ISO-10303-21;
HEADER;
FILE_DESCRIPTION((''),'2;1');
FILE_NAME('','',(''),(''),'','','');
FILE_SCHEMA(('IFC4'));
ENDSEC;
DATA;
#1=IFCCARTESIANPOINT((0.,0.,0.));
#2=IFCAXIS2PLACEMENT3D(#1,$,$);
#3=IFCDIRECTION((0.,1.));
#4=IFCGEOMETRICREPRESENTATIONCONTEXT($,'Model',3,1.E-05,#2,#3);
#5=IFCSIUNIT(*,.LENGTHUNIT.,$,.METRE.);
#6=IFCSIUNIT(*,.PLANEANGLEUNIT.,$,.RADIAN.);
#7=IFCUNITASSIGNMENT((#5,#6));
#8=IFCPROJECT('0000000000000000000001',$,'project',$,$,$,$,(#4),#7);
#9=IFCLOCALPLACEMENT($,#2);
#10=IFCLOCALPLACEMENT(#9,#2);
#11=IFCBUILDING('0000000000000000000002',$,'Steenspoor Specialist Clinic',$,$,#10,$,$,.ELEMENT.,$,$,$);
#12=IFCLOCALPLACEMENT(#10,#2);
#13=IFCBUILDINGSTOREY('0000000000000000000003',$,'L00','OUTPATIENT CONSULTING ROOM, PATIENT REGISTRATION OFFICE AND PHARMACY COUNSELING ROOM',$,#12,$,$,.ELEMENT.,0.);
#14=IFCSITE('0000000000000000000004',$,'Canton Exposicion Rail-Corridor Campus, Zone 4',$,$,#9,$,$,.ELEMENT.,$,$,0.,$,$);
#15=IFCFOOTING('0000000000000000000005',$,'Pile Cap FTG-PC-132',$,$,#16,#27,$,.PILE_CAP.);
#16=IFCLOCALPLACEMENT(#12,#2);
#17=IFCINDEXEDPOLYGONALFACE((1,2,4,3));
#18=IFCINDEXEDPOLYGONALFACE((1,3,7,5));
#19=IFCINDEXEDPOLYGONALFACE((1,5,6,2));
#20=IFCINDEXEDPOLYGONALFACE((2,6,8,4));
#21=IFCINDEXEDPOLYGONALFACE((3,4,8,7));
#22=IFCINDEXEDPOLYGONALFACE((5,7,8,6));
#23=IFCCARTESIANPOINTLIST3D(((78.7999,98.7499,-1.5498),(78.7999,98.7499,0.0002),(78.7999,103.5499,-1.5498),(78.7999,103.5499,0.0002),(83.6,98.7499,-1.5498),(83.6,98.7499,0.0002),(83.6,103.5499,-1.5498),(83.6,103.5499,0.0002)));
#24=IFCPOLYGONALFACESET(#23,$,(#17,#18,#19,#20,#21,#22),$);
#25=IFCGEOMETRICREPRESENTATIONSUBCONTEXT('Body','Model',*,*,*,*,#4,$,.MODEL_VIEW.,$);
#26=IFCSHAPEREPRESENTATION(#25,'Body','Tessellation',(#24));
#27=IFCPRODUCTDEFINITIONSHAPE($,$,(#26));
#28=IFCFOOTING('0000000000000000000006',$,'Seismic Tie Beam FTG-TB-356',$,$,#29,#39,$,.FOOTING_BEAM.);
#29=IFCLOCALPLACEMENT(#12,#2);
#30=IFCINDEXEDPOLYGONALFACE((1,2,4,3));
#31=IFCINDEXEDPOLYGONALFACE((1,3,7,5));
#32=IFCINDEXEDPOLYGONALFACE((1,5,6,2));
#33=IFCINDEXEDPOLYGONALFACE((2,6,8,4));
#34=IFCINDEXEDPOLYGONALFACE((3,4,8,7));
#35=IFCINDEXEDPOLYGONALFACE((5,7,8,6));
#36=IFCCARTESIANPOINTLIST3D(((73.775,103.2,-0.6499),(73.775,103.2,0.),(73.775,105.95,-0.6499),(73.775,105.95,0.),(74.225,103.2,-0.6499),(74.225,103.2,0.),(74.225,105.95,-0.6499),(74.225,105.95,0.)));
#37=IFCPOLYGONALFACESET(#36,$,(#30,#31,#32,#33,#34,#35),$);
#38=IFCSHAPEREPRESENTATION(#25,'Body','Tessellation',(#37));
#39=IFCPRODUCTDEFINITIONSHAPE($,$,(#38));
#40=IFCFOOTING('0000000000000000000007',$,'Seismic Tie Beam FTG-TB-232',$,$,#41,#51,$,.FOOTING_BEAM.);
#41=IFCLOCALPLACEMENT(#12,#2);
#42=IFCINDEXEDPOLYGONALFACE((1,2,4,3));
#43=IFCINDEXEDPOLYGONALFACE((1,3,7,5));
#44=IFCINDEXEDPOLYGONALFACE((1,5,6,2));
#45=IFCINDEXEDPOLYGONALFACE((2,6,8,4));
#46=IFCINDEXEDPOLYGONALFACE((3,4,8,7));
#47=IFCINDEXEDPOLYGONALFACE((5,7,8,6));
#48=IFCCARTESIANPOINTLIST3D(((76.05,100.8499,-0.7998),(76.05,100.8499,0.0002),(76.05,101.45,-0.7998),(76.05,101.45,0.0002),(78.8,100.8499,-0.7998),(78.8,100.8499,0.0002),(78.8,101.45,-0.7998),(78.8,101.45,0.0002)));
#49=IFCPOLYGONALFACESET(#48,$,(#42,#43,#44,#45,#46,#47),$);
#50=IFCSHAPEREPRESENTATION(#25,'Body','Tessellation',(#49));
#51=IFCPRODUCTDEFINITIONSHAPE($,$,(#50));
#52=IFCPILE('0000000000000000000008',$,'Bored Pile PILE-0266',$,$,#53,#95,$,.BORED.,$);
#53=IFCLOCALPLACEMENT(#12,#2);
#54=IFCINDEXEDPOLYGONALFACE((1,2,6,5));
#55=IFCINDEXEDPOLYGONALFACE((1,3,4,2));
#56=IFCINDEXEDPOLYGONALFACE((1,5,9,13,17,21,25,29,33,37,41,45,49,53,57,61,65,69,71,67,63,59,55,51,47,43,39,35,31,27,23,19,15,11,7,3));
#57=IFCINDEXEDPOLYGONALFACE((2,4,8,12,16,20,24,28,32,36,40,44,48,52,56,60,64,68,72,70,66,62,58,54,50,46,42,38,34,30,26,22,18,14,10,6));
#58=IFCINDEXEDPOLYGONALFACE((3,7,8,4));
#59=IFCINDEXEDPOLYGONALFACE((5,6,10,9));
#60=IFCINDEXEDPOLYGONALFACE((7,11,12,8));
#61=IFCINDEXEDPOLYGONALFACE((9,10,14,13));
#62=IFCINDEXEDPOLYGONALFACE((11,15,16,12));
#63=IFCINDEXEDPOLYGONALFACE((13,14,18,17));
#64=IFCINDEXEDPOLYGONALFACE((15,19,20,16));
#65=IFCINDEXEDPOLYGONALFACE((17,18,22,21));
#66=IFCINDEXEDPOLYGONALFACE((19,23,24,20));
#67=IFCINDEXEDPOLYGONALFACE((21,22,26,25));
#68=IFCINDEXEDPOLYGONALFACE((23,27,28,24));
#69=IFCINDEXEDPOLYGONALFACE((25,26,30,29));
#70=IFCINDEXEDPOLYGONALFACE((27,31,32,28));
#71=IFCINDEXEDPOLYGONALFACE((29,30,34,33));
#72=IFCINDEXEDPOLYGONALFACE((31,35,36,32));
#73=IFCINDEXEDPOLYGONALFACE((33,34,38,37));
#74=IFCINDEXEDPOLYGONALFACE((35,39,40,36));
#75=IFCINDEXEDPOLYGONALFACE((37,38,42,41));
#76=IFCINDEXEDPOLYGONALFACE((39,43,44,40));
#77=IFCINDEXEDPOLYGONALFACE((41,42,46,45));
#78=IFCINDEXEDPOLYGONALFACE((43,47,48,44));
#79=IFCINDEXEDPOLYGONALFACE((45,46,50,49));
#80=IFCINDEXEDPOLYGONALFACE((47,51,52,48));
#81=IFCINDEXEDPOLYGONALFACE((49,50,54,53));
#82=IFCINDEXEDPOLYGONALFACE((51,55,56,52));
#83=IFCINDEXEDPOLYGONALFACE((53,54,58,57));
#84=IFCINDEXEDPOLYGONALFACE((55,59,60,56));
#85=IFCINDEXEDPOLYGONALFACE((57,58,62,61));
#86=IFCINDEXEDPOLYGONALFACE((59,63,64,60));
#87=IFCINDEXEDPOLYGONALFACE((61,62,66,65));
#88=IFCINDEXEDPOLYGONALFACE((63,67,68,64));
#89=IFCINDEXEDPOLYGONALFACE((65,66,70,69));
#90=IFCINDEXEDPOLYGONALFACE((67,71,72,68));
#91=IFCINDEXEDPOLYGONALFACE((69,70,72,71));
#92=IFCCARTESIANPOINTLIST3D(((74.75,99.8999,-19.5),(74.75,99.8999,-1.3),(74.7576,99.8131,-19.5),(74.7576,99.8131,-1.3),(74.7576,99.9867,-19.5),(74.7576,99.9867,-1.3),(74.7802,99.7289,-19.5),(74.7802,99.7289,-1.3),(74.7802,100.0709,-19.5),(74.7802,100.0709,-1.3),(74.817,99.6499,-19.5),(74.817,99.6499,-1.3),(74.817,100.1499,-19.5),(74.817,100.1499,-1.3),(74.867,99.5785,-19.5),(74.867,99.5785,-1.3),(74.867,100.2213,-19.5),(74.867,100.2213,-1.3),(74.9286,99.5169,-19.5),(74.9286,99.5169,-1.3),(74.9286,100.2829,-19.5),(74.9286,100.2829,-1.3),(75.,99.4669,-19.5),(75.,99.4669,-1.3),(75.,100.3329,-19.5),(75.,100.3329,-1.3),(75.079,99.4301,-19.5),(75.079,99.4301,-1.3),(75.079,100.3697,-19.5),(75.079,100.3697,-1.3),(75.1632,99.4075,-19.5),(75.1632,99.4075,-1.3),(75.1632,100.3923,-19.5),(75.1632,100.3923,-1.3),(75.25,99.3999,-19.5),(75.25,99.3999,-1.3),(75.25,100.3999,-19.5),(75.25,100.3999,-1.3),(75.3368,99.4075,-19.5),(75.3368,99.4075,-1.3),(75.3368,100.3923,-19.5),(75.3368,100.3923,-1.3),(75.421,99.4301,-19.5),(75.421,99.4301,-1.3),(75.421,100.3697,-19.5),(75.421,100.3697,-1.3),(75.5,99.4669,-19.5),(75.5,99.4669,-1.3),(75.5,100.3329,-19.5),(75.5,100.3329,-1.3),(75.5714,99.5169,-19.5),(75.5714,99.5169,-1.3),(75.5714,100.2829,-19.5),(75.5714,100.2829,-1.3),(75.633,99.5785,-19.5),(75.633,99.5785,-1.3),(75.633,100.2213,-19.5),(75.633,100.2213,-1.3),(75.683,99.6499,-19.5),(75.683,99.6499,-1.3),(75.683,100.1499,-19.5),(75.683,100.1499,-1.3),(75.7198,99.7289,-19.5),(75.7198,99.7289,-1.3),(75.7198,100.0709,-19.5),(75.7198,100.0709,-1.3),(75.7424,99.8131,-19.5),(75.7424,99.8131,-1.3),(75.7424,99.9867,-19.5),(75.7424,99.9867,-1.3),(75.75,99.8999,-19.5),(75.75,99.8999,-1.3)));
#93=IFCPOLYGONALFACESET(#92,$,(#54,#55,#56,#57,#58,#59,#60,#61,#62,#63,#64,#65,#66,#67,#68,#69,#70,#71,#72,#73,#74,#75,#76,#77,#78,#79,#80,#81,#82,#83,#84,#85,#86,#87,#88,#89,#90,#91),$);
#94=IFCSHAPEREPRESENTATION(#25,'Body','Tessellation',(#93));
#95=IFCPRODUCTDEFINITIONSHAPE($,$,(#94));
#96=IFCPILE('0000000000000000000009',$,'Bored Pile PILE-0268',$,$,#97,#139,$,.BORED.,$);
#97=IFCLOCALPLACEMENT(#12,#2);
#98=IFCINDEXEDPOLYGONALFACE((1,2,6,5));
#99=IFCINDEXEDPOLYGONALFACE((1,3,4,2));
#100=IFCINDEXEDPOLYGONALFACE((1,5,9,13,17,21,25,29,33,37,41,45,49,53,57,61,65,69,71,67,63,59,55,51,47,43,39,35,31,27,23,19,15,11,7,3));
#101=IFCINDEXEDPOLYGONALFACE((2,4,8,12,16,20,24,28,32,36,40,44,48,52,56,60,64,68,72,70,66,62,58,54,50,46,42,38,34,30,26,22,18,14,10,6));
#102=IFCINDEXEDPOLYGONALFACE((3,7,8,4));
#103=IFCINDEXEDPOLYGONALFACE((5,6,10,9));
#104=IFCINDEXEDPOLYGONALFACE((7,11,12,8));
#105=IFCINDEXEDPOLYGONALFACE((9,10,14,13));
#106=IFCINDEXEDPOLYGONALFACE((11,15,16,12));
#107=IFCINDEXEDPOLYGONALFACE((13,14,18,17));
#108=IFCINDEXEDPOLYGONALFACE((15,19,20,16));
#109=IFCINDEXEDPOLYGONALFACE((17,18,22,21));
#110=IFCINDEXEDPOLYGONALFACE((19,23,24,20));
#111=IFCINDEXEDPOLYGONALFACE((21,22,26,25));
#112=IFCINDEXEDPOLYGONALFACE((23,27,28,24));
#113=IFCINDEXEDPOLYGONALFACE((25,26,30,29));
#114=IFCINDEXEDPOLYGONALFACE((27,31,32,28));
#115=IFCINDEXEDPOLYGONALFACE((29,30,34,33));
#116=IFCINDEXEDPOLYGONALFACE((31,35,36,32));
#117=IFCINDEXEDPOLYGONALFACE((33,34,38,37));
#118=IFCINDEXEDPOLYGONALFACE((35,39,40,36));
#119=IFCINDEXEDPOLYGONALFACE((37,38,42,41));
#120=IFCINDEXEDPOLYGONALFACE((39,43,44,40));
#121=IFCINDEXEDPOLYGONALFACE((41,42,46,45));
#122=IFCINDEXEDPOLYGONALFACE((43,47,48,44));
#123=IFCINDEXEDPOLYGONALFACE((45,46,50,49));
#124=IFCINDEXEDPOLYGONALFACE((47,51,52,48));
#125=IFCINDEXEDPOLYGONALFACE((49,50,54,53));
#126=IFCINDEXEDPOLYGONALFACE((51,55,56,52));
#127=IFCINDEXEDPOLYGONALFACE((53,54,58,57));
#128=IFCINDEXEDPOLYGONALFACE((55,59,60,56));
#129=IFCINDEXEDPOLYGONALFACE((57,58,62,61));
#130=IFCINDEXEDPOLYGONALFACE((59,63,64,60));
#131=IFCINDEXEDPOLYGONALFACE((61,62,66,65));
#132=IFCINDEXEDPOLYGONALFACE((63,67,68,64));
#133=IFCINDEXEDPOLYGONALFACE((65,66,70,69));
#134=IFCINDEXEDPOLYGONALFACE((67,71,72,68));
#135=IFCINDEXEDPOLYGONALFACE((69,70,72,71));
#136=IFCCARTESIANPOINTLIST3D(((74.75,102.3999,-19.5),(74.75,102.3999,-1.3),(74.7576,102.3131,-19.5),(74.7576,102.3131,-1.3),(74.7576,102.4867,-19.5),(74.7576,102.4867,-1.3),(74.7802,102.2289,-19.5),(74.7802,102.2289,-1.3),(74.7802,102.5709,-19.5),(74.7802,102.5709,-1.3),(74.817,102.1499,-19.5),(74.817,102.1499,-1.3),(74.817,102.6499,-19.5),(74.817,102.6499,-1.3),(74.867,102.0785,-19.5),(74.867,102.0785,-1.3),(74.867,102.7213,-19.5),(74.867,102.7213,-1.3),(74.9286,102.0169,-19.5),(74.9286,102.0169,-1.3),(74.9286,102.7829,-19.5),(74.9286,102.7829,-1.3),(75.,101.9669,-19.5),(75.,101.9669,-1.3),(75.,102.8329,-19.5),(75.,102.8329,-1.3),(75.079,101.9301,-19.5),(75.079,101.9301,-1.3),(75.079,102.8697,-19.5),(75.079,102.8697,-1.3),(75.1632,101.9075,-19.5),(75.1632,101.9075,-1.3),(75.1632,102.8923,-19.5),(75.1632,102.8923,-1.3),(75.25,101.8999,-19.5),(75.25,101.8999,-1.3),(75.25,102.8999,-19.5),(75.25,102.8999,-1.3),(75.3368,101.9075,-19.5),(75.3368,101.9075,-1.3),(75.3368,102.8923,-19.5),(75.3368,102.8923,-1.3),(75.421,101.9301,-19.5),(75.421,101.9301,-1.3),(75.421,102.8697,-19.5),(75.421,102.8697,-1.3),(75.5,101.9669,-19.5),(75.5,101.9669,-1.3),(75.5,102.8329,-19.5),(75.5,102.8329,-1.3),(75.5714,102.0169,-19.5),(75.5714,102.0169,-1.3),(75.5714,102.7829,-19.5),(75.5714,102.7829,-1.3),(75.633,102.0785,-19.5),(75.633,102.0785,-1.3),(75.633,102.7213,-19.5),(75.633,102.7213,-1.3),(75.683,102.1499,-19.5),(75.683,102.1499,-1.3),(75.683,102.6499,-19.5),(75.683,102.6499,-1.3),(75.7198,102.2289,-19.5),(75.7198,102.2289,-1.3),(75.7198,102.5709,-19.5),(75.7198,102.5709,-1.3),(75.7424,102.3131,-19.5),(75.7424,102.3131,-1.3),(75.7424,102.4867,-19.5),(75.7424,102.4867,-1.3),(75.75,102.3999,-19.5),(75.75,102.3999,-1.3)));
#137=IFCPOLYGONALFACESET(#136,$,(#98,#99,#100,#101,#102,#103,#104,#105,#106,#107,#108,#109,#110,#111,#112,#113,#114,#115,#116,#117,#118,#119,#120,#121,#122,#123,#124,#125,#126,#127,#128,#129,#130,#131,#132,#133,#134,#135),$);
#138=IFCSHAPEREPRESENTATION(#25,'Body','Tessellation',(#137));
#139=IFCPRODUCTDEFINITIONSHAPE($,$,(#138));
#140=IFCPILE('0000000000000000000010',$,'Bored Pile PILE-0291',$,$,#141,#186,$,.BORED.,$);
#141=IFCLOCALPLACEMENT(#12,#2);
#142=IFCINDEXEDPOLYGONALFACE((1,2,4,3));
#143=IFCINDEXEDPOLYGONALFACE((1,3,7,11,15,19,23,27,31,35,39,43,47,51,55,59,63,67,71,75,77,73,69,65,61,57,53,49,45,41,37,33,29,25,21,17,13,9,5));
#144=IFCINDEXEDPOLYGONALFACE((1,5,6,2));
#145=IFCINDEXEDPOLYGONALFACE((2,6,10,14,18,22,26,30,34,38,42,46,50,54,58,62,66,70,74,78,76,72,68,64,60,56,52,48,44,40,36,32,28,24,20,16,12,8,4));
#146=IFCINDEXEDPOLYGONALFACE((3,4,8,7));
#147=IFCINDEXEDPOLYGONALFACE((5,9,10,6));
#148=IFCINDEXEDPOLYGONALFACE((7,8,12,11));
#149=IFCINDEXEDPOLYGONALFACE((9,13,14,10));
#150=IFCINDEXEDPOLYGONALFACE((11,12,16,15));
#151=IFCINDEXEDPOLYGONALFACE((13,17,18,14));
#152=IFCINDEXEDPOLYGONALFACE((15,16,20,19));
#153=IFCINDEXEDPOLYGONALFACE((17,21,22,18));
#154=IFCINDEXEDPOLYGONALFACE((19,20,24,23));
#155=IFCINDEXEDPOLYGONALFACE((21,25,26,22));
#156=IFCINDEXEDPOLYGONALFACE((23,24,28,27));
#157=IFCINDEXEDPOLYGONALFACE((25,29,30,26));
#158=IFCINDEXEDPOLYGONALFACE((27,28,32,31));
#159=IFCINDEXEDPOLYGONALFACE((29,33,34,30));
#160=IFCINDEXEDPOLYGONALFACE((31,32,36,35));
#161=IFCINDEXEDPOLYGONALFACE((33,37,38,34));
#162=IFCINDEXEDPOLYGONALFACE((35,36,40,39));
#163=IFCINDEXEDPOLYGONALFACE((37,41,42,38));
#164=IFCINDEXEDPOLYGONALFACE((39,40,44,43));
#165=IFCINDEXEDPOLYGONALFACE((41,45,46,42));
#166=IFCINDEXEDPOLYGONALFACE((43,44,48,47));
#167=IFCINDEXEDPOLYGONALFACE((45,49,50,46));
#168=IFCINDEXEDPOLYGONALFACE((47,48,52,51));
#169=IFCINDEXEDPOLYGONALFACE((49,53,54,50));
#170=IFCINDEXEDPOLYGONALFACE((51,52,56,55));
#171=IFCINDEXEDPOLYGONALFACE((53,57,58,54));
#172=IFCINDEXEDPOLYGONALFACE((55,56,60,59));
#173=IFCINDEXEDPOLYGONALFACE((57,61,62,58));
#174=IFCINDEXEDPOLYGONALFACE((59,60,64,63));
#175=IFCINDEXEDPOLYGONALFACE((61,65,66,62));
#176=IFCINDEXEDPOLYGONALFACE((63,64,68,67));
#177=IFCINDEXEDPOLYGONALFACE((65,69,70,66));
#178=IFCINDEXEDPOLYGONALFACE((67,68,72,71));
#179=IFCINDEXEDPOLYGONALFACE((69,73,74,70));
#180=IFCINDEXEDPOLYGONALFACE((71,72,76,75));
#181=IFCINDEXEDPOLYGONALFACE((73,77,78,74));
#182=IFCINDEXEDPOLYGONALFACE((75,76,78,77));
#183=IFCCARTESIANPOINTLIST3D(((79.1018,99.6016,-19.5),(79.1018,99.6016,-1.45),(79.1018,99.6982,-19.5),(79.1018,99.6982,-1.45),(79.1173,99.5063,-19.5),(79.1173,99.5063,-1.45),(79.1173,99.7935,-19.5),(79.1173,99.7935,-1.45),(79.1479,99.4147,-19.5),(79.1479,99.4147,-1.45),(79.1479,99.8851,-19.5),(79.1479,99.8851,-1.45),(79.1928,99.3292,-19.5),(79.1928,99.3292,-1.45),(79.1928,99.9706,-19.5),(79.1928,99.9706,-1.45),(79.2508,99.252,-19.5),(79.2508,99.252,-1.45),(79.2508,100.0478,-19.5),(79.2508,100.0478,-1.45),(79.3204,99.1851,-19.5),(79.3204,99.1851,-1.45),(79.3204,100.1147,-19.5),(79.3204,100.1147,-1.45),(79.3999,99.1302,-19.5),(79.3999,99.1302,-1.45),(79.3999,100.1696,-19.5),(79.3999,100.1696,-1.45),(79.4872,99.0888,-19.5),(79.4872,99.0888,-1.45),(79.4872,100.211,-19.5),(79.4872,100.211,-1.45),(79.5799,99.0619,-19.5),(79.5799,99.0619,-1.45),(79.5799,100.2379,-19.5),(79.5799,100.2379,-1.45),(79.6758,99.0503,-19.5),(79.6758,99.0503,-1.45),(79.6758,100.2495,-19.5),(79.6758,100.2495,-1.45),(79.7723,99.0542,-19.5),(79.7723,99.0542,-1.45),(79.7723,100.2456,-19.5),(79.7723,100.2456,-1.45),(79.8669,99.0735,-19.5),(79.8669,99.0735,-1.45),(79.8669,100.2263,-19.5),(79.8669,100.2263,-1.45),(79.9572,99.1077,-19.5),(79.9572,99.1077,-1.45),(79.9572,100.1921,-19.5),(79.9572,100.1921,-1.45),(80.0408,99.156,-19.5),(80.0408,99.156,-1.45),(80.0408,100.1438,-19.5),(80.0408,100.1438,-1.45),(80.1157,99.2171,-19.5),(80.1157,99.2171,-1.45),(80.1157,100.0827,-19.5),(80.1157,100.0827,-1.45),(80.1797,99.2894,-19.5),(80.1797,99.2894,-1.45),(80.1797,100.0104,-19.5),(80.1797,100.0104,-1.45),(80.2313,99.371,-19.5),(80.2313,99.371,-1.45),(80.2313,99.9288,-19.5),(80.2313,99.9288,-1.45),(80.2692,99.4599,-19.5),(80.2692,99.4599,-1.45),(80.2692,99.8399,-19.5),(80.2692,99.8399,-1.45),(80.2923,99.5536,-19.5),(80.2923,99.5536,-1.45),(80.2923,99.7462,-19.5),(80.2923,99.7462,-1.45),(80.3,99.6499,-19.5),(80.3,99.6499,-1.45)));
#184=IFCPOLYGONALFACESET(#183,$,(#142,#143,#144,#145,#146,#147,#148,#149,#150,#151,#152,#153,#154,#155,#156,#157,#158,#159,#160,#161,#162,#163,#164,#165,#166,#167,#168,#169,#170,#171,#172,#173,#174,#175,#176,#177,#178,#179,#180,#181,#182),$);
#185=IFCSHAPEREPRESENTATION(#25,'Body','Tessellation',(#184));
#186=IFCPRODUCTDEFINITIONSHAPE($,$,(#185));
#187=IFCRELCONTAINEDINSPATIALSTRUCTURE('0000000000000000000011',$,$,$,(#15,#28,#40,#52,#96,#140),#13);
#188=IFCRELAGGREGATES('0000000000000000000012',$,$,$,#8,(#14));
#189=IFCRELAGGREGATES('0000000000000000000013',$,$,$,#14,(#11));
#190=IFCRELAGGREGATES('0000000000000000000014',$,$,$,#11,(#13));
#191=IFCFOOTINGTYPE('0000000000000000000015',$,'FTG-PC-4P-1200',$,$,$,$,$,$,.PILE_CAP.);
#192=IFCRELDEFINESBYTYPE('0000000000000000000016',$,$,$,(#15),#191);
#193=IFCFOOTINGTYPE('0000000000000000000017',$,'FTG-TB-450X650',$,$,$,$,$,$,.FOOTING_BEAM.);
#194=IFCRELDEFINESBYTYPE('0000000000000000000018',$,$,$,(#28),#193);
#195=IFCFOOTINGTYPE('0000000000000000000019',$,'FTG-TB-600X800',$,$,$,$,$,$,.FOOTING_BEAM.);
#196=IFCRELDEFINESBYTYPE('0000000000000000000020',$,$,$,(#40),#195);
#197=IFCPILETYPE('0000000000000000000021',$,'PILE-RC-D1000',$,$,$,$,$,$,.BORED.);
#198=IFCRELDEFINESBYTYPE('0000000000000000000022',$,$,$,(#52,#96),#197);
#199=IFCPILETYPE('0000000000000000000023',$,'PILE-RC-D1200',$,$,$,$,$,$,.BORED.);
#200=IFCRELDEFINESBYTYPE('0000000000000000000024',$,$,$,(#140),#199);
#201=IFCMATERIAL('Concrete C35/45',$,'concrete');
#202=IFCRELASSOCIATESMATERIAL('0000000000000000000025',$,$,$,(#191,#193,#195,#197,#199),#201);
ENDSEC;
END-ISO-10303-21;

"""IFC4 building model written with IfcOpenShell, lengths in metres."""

from ifc_helpers import new_model, si_unit, direction, frame, origin, origin_2d, place, context, subcontext, project, spatial, rectangle, circle, extrude, material, material_profile, profile_set, type_object, element, save


model = new_model("IFC4")

# Units and contexts
model_context = context("Model", 3, precision=1e-05, world=origin(), true_north=direction((0.0, 1.0)))
body_context = subcontext(model_context, "Body", "Model", "MODEL_VIEW")
ifc_project = project(units=[si_unit("LENGTHUNIT", "METRE"), si_unit("PLANEANGLEUNIT", "RADIAN")], contexts=[model_context])

# Site, building, storey
site_placement = place(None, origin())
site = spatial("IfcSite", under=ifc_project, at=site_placement, Name="Canton Exposicion Rail-Corridor Campus, Zone 4", CompositionType="ELEMENT", RefElevation=0.0)
building_placement = place(site_placement, origin())
building = spatial("IfcBuilding", under=site, at=building_placement, Name="Steenspoor Specialist Clinic", CompositionType="ELEMENT")
storey_placement = place(building_placement, origin())
storey = spatial("IfcBuildingStorey", under=building, at=storey_placement, Name="L00", Description="OUTPATIENT CONSULTING ROOM, PATIENT REGISTRATION OFFICE AND PHARMACY COUNSELING ROOM", CompositionType="ELEMENT", Elevation=0.0)

# Footings
ifc_material_1 = material(Name="Concrete C35/45", Category="concrete")
footing_type_1 = type_object("IfcFootingType", Name="FTG-PC-4P-1200", PredefinedType="PILE_CAP", material=ifc_material_1)
footing_1_placement = place(storey_placement, frame((81.2, 101.1499, -1.5498), z_axis=(0.0, 0.0, 1.0), x_axis=(1.0, 0.0, 0.0)))
element("IfcFooting", 1, at=footing_1_placement, inside=storey, type_object=footing_type_1, Name="Pile Cap FTG-PC-132", PredefinedType="PILE_CAP", context=body_context, shape_type="SweptSolid", body=[
    extrude(rectangle(XDim=4.8, YDim=4.8, at=origin_2d()), origin(), (0.0, 0.0, 1.0), 1.55),
])
footing_type_2 = type_object("IfcFootingType", Name="FTG-TB-450X650", PredefinedType="FOOTING_BEAM", material=ifc_material_1)
footing_2_placement = place(storey_placement, frame((74.0, 104.575, -0.6499), z_axis=(0.0, 0.0, 1.0), x_axis=(1.0, 0.0, 0.0)))
element("IfcFooting", 2, at=footing_2_placement, inside=storey, type_object=footing_type_2, Name="Seismic Tie Beam FTG-TB-356", PredefinedType="FOOTING_BEAM", context=body_context, shape_type="SweptSolid", body=[
    extrude(rectangle(XDim=0.45, YDim=2.75, at=origin_2d()), origin(), (0.0, 0.0, 1.0), 0.6499),
])
footing_type_3 = type_object("IfcFootingType", Name="FTG-TB-600X800", PredefinedType="FOOTING_BEAM", material=ifc_material_1)
footing_3_placement = place(storey_placement, frame((77.425, 101.1499, -0.7998), z_axis=(0.0, 0.0, 1.0), x_axis=(1.0, 0.0, 0.0)))
element("IfcFooting", 3, at=footing_3_placement, inside=storey, type_object=footing_type_3, Name="Seismic Tie Beam FTG-TB-232", PredefinedType="FOOTING_BEAM", context=body_context, shape_type="SweptSolid", body=[
    extrude(rectangle(XDim=2.75, YDim=0.6001, at=origin_2d()), origin(), (0.0, 0.0, 1.0), 0.8),
])

# Piles
ifc_material_profile_1 = material_profile(ifc_material_1, circle(Radius=0.5, at=origin_2d()), Name="PILE-D1000")
ifc_profile_set_1 = profile_set([ifc_material_profile_1], Name="Concrete C35/45")
pile_type_1 = type_object("IfcPileType", Name="PILE-RC-D1000", PredefinedType="BORED", material=ifc_profile_set_1)
for number, where, z_axis, x_axis, name in (
    (4, (75.25, 99.8999, -1.3), (0.0, 0.0, -1.0), (1.0, 0.0, 0.0), "Bored Pile PILE-0266"),
    (5, (75.25, 102.3999, -1.3), (0.0, 0.0, -1.0), (1.0, 0.0, 0.0), "Bored Pile PILE-0268"),
):
    element("IfcPile", number, at=place(storey_placement, frame(where, z_axis=z_axis, x_axis=x_axis)), inside=storey, type_object=pile_type_1, Name=name, PredefinedType="BORED", context=body_context, shape_type="SweptSolid", body=[
        extrude(circle(Radius=0.5, at=origin_2d()), origin(), (0.0, 0.0, 1.0), 18.2),
    ])
ifc_material_profile_2 = material_profile(ifc_material_1, circle(Radius=0.6001, at=origin_2d()), Name="PILE-D1200")
ifc_profile_set_2 = profile_set([ifc_material_profile_2], Name="Concrete C35/45")
pile_type_2 = type_object("IfcPileType", Name="PILE-RC-D1200", PredefinedType="BORED", material=ifc_profile_set_2)
for number, where, z_axis, x_axis, name in (
    (6, (79.7, 99.6499, -1.45), (0.0, 0.0, -1.0), (1.0, 0.0, 0.0), "Bored Pile PILE-0291"),
):
    element("IfcPile", number, at=place(storey_placement, frame(where, z_axis=z_axis, x_axis=x_axis)), inside=storey, type_object=pile_type_2, Name=name, PredefinedType="BORED", context=body_context, shape_type="SweptSolid", body=[
        extrude(circle(Radius=0.6001, at=origin_2d()), origin(), (0.0, 0.0, 1.0), 18.05),
    ])

save(model, "model.ifc")
